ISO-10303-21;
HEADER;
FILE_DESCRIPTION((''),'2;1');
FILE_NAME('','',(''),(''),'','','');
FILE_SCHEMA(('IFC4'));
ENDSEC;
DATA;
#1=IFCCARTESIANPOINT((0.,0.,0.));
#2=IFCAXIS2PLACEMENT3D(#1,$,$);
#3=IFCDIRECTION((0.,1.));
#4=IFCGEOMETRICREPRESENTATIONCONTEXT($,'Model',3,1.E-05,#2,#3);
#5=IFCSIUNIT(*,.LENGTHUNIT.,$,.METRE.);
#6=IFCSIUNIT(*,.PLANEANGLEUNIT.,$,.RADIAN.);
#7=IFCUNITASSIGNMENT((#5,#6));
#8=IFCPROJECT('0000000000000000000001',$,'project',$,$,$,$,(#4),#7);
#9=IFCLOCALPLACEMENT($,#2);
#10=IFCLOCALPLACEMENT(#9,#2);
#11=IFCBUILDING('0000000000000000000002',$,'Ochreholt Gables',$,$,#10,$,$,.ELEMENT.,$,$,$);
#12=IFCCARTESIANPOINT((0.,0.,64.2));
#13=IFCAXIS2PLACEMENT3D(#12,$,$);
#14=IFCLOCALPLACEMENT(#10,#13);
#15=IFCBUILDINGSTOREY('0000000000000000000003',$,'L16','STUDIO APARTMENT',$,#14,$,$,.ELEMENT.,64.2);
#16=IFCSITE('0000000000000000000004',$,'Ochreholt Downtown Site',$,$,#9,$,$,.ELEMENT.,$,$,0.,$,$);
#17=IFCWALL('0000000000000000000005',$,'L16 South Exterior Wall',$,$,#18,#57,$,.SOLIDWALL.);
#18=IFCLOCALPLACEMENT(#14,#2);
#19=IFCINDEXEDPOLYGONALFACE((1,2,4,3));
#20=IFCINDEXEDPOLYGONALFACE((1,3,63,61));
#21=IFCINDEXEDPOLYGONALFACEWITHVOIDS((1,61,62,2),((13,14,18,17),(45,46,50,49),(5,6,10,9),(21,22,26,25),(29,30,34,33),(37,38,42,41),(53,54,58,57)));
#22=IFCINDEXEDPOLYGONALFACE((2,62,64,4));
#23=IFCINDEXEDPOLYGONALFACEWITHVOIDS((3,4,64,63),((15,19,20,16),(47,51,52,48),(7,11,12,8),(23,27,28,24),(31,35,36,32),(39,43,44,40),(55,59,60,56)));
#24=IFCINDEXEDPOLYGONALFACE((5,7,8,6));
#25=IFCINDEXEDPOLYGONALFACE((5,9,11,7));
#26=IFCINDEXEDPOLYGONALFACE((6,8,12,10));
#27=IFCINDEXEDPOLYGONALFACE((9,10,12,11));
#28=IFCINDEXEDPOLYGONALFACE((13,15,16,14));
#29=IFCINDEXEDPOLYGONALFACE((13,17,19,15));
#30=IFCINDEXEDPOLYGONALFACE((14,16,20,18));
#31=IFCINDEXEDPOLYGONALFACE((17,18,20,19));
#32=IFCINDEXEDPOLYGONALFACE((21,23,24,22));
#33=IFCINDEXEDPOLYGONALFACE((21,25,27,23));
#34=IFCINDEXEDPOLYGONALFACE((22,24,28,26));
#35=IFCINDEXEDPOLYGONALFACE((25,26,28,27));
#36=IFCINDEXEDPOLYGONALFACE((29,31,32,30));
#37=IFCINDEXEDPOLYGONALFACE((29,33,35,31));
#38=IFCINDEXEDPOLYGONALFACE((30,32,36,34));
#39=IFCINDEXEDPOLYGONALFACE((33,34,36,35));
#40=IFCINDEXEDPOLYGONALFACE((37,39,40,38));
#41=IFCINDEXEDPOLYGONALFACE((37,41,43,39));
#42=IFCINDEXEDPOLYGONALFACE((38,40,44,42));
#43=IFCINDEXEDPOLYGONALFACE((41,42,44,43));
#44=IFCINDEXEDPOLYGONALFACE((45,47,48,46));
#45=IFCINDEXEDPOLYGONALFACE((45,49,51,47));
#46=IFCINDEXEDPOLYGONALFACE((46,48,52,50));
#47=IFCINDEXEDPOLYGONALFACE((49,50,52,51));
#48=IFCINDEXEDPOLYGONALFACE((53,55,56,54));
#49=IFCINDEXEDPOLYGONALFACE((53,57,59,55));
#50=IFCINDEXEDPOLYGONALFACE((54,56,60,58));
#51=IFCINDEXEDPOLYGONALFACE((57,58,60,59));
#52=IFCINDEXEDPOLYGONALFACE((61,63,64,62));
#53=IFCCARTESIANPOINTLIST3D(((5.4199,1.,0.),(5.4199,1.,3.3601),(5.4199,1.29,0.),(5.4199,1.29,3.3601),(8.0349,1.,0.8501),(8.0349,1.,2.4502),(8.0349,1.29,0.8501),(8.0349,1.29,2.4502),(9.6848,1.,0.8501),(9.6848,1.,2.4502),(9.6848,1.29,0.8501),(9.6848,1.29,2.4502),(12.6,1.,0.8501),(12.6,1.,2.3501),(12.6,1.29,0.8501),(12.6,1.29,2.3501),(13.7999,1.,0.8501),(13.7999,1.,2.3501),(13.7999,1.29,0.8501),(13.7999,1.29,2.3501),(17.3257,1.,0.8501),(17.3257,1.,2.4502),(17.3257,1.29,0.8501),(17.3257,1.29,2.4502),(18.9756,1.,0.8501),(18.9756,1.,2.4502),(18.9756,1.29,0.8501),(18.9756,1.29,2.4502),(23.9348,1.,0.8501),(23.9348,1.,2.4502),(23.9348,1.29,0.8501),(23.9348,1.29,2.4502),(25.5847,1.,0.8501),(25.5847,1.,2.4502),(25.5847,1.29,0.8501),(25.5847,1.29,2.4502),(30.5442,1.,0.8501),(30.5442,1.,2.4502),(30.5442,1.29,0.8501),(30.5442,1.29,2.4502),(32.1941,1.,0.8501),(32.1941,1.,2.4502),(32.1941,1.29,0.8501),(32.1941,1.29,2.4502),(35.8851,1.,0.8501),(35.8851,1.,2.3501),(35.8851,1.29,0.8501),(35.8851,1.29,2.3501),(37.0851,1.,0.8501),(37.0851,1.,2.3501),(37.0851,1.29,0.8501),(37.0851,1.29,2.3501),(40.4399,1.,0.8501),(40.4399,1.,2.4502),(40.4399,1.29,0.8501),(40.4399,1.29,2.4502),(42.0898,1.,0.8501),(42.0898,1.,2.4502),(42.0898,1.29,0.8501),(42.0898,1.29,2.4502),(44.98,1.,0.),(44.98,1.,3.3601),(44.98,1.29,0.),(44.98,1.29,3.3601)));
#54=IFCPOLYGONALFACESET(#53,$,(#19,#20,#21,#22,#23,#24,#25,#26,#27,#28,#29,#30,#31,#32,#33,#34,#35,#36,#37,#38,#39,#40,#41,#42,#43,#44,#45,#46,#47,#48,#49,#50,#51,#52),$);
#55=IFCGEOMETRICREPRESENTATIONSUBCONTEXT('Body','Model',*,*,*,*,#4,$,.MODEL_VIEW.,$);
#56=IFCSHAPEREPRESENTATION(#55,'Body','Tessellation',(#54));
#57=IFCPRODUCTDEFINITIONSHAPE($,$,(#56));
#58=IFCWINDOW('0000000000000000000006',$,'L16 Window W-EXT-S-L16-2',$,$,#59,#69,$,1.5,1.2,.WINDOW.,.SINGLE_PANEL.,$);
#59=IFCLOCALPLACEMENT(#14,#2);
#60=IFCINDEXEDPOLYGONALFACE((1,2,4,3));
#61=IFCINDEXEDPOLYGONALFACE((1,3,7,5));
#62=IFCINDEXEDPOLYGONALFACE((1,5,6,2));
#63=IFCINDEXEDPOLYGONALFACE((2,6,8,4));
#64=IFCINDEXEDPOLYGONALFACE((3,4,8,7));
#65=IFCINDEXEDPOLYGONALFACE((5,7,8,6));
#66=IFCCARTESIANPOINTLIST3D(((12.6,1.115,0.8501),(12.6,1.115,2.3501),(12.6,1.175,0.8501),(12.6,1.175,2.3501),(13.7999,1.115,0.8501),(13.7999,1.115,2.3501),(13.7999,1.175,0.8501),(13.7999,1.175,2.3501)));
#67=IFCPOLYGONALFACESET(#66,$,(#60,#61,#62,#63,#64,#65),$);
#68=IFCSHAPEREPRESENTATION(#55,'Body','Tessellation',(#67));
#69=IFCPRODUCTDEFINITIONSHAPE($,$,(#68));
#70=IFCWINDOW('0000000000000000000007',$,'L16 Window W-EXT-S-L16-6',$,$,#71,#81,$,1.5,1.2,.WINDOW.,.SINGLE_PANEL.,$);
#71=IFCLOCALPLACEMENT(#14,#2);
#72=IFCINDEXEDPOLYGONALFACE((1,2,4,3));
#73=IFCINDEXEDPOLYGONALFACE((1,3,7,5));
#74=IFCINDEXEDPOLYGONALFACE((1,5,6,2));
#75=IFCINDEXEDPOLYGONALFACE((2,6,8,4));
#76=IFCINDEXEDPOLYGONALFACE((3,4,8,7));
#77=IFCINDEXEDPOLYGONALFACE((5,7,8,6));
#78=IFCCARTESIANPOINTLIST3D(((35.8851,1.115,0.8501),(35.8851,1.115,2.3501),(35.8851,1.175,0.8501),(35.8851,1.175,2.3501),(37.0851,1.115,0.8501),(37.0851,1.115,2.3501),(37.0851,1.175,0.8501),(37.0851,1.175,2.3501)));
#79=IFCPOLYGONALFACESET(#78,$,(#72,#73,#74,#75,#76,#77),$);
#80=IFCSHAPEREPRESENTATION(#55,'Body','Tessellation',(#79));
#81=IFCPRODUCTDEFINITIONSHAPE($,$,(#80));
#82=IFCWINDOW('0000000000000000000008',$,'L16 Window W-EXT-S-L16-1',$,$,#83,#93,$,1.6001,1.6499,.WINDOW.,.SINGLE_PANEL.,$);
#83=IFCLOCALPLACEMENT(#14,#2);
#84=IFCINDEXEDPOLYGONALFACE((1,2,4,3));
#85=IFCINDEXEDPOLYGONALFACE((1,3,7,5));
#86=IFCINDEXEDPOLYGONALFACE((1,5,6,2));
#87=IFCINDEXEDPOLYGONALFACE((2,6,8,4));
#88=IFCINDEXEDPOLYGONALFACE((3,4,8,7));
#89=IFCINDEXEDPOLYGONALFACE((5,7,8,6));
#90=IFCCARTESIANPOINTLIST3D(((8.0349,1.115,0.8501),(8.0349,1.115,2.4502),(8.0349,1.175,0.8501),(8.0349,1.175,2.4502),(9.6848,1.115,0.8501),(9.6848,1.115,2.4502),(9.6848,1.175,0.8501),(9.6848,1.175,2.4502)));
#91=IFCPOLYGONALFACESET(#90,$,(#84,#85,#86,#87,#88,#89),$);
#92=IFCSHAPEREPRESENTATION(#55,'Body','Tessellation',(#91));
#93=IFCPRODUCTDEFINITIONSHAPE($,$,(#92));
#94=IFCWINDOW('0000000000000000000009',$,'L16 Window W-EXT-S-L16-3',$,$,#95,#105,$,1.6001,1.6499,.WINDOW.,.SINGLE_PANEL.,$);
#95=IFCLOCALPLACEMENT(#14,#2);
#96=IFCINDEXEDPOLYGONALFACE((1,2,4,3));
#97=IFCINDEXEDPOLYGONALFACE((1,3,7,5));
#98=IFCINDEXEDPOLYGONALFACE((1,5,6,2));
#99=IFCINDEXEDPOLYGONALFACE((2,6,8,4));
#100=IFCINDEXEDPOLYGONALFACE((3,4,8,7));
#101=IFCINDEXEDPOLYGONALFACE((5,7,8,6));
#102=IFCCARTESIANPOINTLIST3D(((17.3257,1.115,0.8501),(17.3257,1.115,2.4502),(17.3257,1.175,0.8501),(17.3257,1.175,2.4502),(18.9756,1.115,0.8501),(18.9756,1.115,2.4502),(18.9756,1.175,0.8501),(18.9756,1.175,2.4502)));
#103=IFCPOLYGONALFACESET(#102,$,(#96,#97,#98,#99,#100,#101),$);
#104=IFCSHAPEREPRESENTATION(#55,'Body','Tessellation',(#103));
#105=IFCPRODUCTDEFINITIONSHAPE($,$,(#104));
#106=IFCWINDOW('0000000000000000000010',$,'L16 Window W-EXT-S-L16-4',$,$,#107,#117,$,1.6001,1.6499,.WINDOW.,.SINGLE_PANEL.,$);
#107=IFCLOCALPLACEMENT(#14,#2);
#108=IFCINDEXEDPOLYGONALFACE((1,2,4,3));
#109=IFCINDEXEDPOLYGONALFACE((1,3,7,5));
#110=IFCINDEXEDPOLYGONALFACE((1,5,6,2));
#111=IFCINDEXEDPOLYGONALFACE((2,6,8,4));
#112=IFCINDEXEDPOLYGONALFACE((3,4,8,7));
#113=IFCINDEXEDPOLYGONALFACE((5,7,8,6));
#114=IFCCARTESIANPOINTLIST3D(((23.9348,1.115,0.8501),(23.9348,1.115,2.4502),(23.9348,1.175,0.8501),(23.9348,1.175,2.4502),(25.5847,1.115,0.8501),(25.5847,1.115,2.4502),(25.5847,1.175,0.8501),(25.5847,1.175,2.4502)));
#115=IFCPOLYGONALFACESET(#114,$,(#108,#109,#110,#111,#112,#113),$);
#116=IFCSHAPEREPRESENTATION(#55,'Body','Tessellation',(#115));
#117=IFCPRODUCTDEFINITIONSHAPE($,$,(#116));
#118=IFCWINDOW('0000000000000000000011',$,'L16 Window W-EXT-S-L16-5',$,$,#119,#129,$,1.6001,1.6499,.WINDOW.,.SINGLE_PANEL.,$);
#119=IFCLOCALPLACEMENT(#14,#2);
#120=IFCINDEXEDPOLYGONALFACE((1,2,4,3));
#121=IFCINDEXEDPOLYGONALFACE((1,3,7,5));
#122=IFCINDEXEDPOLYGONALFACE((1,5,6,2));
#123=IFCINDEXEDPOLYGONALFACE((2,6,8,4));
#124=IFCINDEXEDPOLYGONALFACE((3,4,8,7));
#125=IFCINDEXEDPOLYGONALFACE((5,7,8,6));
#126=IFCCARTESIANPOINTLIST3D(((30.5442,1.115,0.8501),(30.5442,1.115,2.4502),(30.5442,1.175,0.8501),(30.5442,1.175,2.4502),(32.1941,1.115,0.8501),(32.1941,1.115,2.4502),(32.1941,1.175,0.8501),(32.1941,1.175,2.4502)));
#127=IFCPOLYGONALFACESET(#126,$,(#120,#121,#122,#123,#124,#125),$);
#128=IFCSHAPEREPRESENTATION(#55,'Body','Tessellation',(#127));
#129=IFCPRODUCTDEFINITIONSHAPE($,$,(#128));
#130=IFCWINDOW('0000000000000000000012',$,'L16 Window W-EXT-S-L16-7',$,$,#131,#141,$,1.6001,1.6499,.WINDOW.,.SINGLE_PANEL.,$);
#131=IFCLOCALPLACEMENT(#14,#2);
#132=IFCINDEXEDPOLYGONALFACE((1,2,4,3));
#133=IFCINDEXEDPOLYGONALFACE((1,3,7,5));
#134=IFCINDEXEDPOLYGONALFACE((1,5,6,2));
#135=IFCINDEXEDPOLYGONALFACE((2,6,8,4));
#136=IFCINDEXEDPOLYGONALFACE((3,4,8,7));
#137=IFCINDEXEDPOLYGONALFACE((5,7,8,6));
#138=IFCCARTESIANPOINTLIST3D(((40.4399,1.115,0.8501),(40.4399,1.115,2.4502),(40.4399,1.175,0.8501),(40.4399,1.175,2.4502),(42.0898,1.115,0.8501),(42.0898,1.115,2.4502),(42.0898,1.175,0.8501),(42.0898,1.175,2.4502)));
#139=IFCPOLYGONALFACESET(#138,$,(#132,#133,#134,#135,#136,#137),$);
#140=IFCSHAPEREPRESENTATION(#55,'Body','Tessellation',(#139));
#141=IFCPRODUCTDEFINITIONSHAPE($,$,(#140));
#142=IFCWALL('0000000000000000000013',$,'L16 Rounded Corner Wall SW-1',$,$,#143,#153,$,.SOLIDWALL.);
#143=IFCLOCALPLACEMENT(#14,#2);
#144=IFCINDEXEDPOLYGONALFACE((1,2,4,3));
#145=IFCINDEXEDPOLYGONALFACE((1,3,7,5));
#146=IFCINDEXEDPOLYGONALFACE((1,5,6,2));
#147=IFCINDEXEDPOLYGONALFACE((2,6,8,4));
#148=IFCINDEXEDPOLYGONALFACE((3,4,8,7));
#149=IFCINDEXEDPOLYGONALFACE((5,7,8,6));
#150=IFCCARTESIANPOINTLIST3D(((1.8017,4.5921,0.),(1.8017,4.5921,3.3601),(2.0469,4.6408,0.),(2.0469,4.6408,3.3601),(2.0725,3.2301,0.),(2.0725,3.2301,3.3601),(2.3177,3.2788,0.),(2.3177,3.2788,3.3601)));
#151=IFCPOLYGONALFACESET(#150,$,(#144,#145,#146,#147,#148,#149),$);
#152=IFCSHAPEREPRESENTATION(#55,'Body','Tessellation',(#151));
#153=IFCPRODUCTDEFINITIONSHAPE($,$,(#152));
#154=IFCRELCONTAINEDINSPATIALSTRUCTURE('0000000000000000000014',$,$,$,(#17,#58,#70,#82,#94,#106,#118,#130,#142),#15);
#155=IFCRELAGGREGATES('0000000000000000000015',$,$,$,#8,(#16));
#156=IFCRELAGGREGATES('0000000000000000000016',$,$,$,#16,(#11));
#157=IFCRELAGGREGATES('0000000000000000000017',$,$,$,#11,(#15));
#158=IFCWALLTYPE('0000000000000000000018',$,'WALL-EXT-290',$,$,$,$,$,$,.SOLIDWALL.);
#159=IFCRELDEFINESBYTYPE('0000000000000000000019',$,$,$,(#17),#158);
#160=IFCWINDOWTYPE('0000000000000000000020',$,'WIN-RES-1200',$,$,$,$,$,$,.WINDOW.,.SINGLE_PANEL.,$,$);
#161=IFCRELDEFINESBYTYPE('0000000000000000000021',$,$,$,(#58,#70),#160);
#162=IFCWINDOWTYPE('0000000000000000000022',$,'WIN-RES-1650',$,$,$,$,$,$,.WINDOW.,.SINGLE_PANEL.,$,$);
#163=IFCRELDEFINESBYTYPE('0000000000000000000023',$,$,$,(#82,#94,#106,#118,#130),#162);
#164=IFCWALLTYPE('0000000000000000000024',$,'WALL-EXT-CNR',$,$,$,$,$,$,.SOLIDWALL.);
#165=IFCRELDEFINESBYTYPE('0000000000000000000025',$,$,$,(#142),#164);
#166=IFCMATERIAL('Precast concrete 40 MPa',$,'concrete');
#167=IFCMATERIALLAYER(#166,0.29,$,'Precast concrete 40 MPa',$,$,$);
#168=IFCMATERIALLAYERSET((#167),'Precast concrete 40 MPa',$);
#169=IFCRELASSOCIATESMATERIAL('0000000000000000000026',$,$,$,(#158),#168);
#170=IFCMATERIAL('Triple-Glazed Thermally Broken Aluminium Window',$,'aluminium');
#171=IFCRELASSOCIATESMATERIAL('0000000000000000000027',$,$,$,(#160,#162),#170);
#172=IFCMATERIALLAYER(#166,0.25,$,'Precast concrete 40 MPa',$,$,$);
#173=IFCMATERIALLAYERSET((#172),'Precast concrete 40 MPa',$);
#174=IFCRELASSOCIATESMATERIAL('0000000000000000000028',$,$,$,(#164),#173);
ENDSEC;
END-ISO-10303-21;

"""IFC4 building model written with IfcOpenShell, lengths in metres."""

from ifc_helpers import new_model, si_unit, direction, frame, frame_2d, origin, place, context, subcontext, project, spatial, rectangle, extrude, material, layer, layer_set, type_object, element, fill, save


model = new_model("IFC4")

# Units and contexts
model_context = context("Model", 3, precision=1e-05, world=origin(), true_north=direction((0.0, 1.0)))
body_context = subcontext(model_context, "Body", "Model", "MODEL_VIEW")
ifc_project = project(units=[si_unit("LENGTHUNIT", "METRE"), si_unit("PLANEANGLEUNIT", "RADIAN")], contexts=[model_context])

# Site, building, storey
site_placement = place(None, origin())
site = spatial("IfcSite", under=ifc_project, at=site_placement, Name="Ochreholt Downtown Site", CompositionType="ELEMENT", RefElevation=0.0)
building_placement = place(site_placement, origin())
building = spatial("IfcBuilding", under=site, at=building_placement, Name="Ochreholt Gables", CompositionType="ELEMENT")
storey_placement = place(building_placement, frame((0.0, 0.0, 64.2)))
storey = spatial("IfcBuildingStorey", under=building, at=storey_placement, Name="L16", Description="STUDIO APARTMENT", CompositionType="ELEMENT", Elevation=64.2)

# Wall, openings, windows
ifc_material_1 = material(Name="Precast concrete 40 MPa", Category="concrete")
ifc_layer_1 = layer(ifc_material_1, 0.29, Name="Precast concrete 40 MPa")
ifc_layer_set_1 = layer_set([ifc_layer_1], Name="Precast concrete 40 MPa")
wall_type_1 = type_object("IfcWallType", Name="WALL-EXT-290", PredefinedType="SOLIDWALL", material=ifc_layer_set_1)
wall_1_placement = place(storey_placement, frame((5.4199, 1.145, 0.0), z_axis=(0.0, 0.0, 1.0), x_axis=(1.0, 0.0, 0.0)))
wall_1 = element("IfcWall", 1, at=wall_1_placement, inside=storey, type_object=wall_type_1, Name="L16 South Exterior Wall", PredefinedType="SOLIDWALL", context=body_context, shape_type="SweptSolid", body=[
    extrude(rectangle(XDim=39.5601, YDim=0.29, at=frame_2d((19.78, 0.0))), origin(), (0.0, 0.0, 1.0), 3.3601),
])
opening_1_placement = place(wall_1_placement, frame((2.615, 0.0, 0.8501)))
opening_1 = element("IfcOpeningElement", 2, at=opening_1_placement, cuts=wall_1, PredefinedType="OPENING", context=body_context, shape_type="SweptSolid", body=[
    extrude(rectangle(XDim=1.6499, YDim=1.6001, at=frame_2d((0.825, 0.8))), frame((0.0, 0.155, 0.0), z_axis=(0.0, -1.0, 0.0), x_axis=(1.0, 0.0, 0.0)), (0.0, 0.0, 1.0), 0.3101),
])
opening_2_placement = place(wall_1_placement, frame((7.1799, 0.0, 0.8501)))
opening_2 = element("IfcOpeningElement", 3, at=opening_2_placement, cuts=wall_1, PredefinedType="OPENING", context=body_context, shape_type="SweptSolid", body=[
    extrude(rectangle(XDim=1.2, YDim=1.5, at=frame_2d((0.6001, 0.75))), frame((0.0, 0.155, 0.0), z_axis=(0.0, -1.0, 0.0), x_axis=(1.0, 0.0, 0.0)), (0.0, 0.0, 1.0), 0.3101),
])
opening_3_placement = place(wall_1_placement, frame((11.9058, 0.0, 0.8501)))
opening_3 = element("IfcOpeningElement", 4, at=opening_3_placement, cuts=wall_1, PredefinedType="OPENING", context=body_context, shape_type="SweptSolid", body=[
    extrude(rectangle(XDim=1.6499, YDim=1.6001, at=frame_2d((0.825, 0.8))), frame((0.0, 0.155, 0.0), z_axis=(0.0, -1.0, 0.0), x_axis=(1.0, 0.0, 0.0)), (0.0, 0.0, 1.0), 0.3101),
])
opening_4_placement = place(wall_1_placement, frame((18.5149, 0.0, 0.8501)))
opening_4 = element("IfcOpeningElement", 5, at=opening_4_placement, cuts=wall_1, PredefinedType="OPENING", context=body_context, shape_type="SweptSolid", body=[
    extrude(rectangle(XDim=1.6499, YDim=1.6001, at=frame_2d((0.825, 0.8))), frame((0.0, 0.155, 0.0), z_axis=(0.0, -1.0, 0.0), x_axis=(1.0, 0.0, 0.0)), (0.0, 0.0, 1.0), 0.3101),
])
opening_5_placement = place(wall_1_placement, frame((25.1243, 0.0, 0.8501)))
opening_5 = element("IfcOpeningElement", 6, at=opening_5_placement, cuts=wall_1, PredefinedType="OPENING", context=body_context, shape_type="SweptSolid", body=[
    extrude(rectangle(XDim=1.6499, YDim=1.6001, at=frame_2d((0.825, 0.8))), frame((0.0, 0.155, 0.0), z_axis=(0.0, -1.0, 0.0), x_axis=(1.0, 0.0, 0.0)), (0.0, 0.0, 1.0), 0.3101),
])
opening_6_placement = place(wall_1_placement, frame((30.4651, 0.0, 0.8501)))
opening_6 = element("IfcOpeningElement", 7, at=opening_6_placement, cuts=wall_1, PredefinedType="OPENING", context=body_context, shape_type="SweptSolid", body=[
    extrude(rectangle(XDim=1.2, YDim=1.5, at=frame_2d((0.6001, 0.75))), frame((0.0, 0.155, 0.0), z_axis=(0.0, -1.0, 0.0), x_axis=(1.0, 0.0, 0.0)), (0.0, 0.0, 1.0), 0.3101),
])
opening_7_placement = place(wall_1_placement, frame((35.02, 0.0, 0.8501)))
opening_7 = element("IfcOpeningElement", 8, at=opening_7_placement, cuts=wall_1, PredefinedType="OPENING", context=body_context, shape_type="SweptSolid", body=[
    extrude(rectangle(XDim=1.6499, YDim=1.6001, at=frame_2d((0.825, 0.8))), frame((0.0, 0.155, 0.0), z_axis=(0.0, -1.0, 0.0), x_axis=(1.0, 0.0, 0.0)), (0.0, 0.0, 1.0), 0.3101),
])
ifc_material_2 = material(Name="Triple-Glazed Thermally Broken Aluminium Window", Category="aluminium")
window_type_1 = type_object("IfcWindowType", Name="WIN-RES-1200", PartitioningType="SINGLE_PANEL", PredefinedType="WINDOW", material=ifc_material_2)
window_1_placement = place(opening_2_placement, origin())
window_1 = element("IfcWindow", 9, at=window_1_placement, inside=storey, type_object=window_type_1, Name="L16 Window W-EXT-S-L16-2", OverallHeight=1.5, OverallWidth=1.2, PartitioningType="SINGLE_PANEL", PredefinedType="WINDOW", context=body_context, shape_type="SweptSolid", body=[
    extrude(rectangle(XDim=1.2, YDim=1.5, at=frame_2d((0.6001, 0.75))), frame((0.0, 0.03, 0.0), z_axis=(0.0, -1.0, 0.0), x_axis=(1.0, 0.0, 0.0)), (0.0, 0.0, 1.0), 0.0601),
])
fill(opening_2, window_1)
window_2_placement = place(opening_6_placement, origin())
window_2 = element("IfcWindow", 10, at=window_2_placement, inside=storey, type_object=window_type_1, Name="L16 Window W-EXT-S-L16-6", OverallHeight=1.5, OverallWidth=1.2, PartitioningType="SINGLE_PANEL", PredefinedType="WINDOW", context=body_context, shape_type="SweptSolid", body=[
    extrude(rectangle(XDim=1.2, YDim=1.5, at=frame_2d((0.6001, 0.75))), frame((0.0, 0.03, 0.0), z_axis=(0.0, -1.0, 0.0), x_axis=(1.0, 0.0, 0.0)), (0.0, 0.0, 1.0), 0.0601),
])
fill(opening_6, window_2)
window_type_2 = type_object("IfcWindowType", Name="WIN-RES-1650", PartitioningType="SINGLE_PANEL", PredefinedType="WINDOW", material=ifc_material_2)
window_3_placement = place(opening_1_placement, origin())
window_3 = element("IfcWindow", 11, at=window_3_placement, inside=storey, type_object=window_type_2, Name="L16 Window W-EXT-S-L16-1", OverallHeight=1.6001, OverallWidth=1.6499, PartitioningType="SINGLE_PANEL", PredefinedType="WINDOW", context=body_context, shape_type="SweptSolid", body=[
    extrude(rectangle(XDim=1.6499, YDim=1.6001, at=frame_2d((0.825, 0.8))), frame((0.0, 0.03, 0.0), z_axis=(0.0, -1.0, 0.0), x_axis=(1.0, 0.0, 0.0)), (0.0, 0.0, 1.0), 0.0601),
])
fill(opening_1, window_3)
window_4_placement = place(opening_3_placement, origin())
window_4 = element("IfcWindow", 12, at=window_4_placement, inside=storey, type_object=window_type_2, Name="L16 Window W-EXT-S-L16-3", OverallHeight=1.6001, OverallWidth=1.6499, PartitioningType="SINGLE_PANEL", PredefinedType="WINDOW", context=body_context, shape_type="SweptSolid", body=[
    extrude(rectangle(XDim=1.6499, YDim=1.6001, at=frame_2d((0.825, 0.8))), frame((0.0, 0.03, 0.0), z_axis=(0.0, -1.0, 0.0), x_axis=(1.0, 0.0, 0.0)), (0.0, 0.0, 1.0), 0.0601),
])
fill(opening_3, window_4)
window_5_placement = place(opening_4_placement, origin())
window_5 = element("IfcWindow", 13, at=window_5_placement, inside=storey, type_object=window_type_2, Name="L16 Window W-EXT-S-L16-4", OverallHeight=1.6001, OverallWidth=1.6499, PartitioningType="SINGLE_PANEL", PredefinedType="WINDOW", context=body_context, shape_type="SweptSolid", body=[
    extrude(rectangle(XDim=1.6499, YDim=1.6001, at=frame_2d((0.825, 0.8))), frame((0.0, 0.03, 0.0), z_axis=(0.0, -1.0, 0.0), x_axis=(1.0, 0.0, 0.0)), (0.0, 0.0, 1.0), 0.0601),
])
fill(opening_4, window_5)
window_6_placement = place(opening_5_placement, origin())
window_6 = element("IfcWindow", 14, at=window_6_placement, inside=storey, type_object=window_type_2, Name="L16 Window W-EXT-S-L16-5", OverallHeight=1.6001, OverallWidth=1.6499, PartitioningType="SINGLE_PANEL", PredefinedType="WINDOW", context=body_context, shape_type="SweptSolid", body=[
    extrude(rectangle(XDim=1.6499, YDim=1.6001, at=frame_2d((0.825, 0.8))), frame((0.0, 0.03, 0.0), z_axis=(0.0, -1.0, 0.0), x_axis=(1.0, 0.0, 0.0)), (0.0, 0.0, 1.0), 0.0601),
])
fill(opening_5, window_6)
window_7_placement = place(opening_7_placement, origin())
window_7 = element("IfcWindow", 15, at=window_7_placement, inside=storey, type_object=window_type_2, Name="L16 Window W-EXT-S-L16-7", OverallHeight=1.6001, OverallWidth=1.6499, PartitioningType="SINGLE_PANEL", PredefinedType="WINDOW", context=body_context, shape_type="SweptSolid", body=[
    extrude(rectangle(XDim=1.6499, YDim=1.6001, at=frame_2d((0.825, 0.8))), frame((0.0, 0.03, 0.0), z_axis=(0.0, -1.0, 0.0), x_axis=(1.0, 0.0, 0.0)), (0.0, 0.0, 1.0), 0.0601),
])
fill(opening_7, window_7)

# Wall
ifc_layer_2 = layer(ifc_material_1, 0.25, Name="Precast concrete 40 MPa")
ifc_layer_set_2 = layer_set([ifc_layer_2], Name="Precast concrete 40 MPa")
wall_type_2 = type_object("IfcWallType", Name="WALL-EXT-CNR", PredefinedType="SOLIDWALL", material=ifc_layer_set_2)
wall_2_placement = place(storey_placement, frame((1.9243, 4.6165, 0.0), z_axis=(0.0, 0.0, 1.0), x_axis=(0.194967, -0.98081, 0.0)))
element("IfcWall", 16, at=wall_2_placement, inside=storey, type_object=wall_type_2, Name="L16 Rounded Corner Wall SW-1", PredefinedType="SOLIDWALL", context=body_context, shape_type="SweptSolid", body=[
    extrude(rectangle(XDim=1.3887, YDim=0.25, at=frame_2d((0.6943, 0.0))), origin(), (0.0, 0.0, 1.0), 3.3601),
])

save(model, "model.ifc")
